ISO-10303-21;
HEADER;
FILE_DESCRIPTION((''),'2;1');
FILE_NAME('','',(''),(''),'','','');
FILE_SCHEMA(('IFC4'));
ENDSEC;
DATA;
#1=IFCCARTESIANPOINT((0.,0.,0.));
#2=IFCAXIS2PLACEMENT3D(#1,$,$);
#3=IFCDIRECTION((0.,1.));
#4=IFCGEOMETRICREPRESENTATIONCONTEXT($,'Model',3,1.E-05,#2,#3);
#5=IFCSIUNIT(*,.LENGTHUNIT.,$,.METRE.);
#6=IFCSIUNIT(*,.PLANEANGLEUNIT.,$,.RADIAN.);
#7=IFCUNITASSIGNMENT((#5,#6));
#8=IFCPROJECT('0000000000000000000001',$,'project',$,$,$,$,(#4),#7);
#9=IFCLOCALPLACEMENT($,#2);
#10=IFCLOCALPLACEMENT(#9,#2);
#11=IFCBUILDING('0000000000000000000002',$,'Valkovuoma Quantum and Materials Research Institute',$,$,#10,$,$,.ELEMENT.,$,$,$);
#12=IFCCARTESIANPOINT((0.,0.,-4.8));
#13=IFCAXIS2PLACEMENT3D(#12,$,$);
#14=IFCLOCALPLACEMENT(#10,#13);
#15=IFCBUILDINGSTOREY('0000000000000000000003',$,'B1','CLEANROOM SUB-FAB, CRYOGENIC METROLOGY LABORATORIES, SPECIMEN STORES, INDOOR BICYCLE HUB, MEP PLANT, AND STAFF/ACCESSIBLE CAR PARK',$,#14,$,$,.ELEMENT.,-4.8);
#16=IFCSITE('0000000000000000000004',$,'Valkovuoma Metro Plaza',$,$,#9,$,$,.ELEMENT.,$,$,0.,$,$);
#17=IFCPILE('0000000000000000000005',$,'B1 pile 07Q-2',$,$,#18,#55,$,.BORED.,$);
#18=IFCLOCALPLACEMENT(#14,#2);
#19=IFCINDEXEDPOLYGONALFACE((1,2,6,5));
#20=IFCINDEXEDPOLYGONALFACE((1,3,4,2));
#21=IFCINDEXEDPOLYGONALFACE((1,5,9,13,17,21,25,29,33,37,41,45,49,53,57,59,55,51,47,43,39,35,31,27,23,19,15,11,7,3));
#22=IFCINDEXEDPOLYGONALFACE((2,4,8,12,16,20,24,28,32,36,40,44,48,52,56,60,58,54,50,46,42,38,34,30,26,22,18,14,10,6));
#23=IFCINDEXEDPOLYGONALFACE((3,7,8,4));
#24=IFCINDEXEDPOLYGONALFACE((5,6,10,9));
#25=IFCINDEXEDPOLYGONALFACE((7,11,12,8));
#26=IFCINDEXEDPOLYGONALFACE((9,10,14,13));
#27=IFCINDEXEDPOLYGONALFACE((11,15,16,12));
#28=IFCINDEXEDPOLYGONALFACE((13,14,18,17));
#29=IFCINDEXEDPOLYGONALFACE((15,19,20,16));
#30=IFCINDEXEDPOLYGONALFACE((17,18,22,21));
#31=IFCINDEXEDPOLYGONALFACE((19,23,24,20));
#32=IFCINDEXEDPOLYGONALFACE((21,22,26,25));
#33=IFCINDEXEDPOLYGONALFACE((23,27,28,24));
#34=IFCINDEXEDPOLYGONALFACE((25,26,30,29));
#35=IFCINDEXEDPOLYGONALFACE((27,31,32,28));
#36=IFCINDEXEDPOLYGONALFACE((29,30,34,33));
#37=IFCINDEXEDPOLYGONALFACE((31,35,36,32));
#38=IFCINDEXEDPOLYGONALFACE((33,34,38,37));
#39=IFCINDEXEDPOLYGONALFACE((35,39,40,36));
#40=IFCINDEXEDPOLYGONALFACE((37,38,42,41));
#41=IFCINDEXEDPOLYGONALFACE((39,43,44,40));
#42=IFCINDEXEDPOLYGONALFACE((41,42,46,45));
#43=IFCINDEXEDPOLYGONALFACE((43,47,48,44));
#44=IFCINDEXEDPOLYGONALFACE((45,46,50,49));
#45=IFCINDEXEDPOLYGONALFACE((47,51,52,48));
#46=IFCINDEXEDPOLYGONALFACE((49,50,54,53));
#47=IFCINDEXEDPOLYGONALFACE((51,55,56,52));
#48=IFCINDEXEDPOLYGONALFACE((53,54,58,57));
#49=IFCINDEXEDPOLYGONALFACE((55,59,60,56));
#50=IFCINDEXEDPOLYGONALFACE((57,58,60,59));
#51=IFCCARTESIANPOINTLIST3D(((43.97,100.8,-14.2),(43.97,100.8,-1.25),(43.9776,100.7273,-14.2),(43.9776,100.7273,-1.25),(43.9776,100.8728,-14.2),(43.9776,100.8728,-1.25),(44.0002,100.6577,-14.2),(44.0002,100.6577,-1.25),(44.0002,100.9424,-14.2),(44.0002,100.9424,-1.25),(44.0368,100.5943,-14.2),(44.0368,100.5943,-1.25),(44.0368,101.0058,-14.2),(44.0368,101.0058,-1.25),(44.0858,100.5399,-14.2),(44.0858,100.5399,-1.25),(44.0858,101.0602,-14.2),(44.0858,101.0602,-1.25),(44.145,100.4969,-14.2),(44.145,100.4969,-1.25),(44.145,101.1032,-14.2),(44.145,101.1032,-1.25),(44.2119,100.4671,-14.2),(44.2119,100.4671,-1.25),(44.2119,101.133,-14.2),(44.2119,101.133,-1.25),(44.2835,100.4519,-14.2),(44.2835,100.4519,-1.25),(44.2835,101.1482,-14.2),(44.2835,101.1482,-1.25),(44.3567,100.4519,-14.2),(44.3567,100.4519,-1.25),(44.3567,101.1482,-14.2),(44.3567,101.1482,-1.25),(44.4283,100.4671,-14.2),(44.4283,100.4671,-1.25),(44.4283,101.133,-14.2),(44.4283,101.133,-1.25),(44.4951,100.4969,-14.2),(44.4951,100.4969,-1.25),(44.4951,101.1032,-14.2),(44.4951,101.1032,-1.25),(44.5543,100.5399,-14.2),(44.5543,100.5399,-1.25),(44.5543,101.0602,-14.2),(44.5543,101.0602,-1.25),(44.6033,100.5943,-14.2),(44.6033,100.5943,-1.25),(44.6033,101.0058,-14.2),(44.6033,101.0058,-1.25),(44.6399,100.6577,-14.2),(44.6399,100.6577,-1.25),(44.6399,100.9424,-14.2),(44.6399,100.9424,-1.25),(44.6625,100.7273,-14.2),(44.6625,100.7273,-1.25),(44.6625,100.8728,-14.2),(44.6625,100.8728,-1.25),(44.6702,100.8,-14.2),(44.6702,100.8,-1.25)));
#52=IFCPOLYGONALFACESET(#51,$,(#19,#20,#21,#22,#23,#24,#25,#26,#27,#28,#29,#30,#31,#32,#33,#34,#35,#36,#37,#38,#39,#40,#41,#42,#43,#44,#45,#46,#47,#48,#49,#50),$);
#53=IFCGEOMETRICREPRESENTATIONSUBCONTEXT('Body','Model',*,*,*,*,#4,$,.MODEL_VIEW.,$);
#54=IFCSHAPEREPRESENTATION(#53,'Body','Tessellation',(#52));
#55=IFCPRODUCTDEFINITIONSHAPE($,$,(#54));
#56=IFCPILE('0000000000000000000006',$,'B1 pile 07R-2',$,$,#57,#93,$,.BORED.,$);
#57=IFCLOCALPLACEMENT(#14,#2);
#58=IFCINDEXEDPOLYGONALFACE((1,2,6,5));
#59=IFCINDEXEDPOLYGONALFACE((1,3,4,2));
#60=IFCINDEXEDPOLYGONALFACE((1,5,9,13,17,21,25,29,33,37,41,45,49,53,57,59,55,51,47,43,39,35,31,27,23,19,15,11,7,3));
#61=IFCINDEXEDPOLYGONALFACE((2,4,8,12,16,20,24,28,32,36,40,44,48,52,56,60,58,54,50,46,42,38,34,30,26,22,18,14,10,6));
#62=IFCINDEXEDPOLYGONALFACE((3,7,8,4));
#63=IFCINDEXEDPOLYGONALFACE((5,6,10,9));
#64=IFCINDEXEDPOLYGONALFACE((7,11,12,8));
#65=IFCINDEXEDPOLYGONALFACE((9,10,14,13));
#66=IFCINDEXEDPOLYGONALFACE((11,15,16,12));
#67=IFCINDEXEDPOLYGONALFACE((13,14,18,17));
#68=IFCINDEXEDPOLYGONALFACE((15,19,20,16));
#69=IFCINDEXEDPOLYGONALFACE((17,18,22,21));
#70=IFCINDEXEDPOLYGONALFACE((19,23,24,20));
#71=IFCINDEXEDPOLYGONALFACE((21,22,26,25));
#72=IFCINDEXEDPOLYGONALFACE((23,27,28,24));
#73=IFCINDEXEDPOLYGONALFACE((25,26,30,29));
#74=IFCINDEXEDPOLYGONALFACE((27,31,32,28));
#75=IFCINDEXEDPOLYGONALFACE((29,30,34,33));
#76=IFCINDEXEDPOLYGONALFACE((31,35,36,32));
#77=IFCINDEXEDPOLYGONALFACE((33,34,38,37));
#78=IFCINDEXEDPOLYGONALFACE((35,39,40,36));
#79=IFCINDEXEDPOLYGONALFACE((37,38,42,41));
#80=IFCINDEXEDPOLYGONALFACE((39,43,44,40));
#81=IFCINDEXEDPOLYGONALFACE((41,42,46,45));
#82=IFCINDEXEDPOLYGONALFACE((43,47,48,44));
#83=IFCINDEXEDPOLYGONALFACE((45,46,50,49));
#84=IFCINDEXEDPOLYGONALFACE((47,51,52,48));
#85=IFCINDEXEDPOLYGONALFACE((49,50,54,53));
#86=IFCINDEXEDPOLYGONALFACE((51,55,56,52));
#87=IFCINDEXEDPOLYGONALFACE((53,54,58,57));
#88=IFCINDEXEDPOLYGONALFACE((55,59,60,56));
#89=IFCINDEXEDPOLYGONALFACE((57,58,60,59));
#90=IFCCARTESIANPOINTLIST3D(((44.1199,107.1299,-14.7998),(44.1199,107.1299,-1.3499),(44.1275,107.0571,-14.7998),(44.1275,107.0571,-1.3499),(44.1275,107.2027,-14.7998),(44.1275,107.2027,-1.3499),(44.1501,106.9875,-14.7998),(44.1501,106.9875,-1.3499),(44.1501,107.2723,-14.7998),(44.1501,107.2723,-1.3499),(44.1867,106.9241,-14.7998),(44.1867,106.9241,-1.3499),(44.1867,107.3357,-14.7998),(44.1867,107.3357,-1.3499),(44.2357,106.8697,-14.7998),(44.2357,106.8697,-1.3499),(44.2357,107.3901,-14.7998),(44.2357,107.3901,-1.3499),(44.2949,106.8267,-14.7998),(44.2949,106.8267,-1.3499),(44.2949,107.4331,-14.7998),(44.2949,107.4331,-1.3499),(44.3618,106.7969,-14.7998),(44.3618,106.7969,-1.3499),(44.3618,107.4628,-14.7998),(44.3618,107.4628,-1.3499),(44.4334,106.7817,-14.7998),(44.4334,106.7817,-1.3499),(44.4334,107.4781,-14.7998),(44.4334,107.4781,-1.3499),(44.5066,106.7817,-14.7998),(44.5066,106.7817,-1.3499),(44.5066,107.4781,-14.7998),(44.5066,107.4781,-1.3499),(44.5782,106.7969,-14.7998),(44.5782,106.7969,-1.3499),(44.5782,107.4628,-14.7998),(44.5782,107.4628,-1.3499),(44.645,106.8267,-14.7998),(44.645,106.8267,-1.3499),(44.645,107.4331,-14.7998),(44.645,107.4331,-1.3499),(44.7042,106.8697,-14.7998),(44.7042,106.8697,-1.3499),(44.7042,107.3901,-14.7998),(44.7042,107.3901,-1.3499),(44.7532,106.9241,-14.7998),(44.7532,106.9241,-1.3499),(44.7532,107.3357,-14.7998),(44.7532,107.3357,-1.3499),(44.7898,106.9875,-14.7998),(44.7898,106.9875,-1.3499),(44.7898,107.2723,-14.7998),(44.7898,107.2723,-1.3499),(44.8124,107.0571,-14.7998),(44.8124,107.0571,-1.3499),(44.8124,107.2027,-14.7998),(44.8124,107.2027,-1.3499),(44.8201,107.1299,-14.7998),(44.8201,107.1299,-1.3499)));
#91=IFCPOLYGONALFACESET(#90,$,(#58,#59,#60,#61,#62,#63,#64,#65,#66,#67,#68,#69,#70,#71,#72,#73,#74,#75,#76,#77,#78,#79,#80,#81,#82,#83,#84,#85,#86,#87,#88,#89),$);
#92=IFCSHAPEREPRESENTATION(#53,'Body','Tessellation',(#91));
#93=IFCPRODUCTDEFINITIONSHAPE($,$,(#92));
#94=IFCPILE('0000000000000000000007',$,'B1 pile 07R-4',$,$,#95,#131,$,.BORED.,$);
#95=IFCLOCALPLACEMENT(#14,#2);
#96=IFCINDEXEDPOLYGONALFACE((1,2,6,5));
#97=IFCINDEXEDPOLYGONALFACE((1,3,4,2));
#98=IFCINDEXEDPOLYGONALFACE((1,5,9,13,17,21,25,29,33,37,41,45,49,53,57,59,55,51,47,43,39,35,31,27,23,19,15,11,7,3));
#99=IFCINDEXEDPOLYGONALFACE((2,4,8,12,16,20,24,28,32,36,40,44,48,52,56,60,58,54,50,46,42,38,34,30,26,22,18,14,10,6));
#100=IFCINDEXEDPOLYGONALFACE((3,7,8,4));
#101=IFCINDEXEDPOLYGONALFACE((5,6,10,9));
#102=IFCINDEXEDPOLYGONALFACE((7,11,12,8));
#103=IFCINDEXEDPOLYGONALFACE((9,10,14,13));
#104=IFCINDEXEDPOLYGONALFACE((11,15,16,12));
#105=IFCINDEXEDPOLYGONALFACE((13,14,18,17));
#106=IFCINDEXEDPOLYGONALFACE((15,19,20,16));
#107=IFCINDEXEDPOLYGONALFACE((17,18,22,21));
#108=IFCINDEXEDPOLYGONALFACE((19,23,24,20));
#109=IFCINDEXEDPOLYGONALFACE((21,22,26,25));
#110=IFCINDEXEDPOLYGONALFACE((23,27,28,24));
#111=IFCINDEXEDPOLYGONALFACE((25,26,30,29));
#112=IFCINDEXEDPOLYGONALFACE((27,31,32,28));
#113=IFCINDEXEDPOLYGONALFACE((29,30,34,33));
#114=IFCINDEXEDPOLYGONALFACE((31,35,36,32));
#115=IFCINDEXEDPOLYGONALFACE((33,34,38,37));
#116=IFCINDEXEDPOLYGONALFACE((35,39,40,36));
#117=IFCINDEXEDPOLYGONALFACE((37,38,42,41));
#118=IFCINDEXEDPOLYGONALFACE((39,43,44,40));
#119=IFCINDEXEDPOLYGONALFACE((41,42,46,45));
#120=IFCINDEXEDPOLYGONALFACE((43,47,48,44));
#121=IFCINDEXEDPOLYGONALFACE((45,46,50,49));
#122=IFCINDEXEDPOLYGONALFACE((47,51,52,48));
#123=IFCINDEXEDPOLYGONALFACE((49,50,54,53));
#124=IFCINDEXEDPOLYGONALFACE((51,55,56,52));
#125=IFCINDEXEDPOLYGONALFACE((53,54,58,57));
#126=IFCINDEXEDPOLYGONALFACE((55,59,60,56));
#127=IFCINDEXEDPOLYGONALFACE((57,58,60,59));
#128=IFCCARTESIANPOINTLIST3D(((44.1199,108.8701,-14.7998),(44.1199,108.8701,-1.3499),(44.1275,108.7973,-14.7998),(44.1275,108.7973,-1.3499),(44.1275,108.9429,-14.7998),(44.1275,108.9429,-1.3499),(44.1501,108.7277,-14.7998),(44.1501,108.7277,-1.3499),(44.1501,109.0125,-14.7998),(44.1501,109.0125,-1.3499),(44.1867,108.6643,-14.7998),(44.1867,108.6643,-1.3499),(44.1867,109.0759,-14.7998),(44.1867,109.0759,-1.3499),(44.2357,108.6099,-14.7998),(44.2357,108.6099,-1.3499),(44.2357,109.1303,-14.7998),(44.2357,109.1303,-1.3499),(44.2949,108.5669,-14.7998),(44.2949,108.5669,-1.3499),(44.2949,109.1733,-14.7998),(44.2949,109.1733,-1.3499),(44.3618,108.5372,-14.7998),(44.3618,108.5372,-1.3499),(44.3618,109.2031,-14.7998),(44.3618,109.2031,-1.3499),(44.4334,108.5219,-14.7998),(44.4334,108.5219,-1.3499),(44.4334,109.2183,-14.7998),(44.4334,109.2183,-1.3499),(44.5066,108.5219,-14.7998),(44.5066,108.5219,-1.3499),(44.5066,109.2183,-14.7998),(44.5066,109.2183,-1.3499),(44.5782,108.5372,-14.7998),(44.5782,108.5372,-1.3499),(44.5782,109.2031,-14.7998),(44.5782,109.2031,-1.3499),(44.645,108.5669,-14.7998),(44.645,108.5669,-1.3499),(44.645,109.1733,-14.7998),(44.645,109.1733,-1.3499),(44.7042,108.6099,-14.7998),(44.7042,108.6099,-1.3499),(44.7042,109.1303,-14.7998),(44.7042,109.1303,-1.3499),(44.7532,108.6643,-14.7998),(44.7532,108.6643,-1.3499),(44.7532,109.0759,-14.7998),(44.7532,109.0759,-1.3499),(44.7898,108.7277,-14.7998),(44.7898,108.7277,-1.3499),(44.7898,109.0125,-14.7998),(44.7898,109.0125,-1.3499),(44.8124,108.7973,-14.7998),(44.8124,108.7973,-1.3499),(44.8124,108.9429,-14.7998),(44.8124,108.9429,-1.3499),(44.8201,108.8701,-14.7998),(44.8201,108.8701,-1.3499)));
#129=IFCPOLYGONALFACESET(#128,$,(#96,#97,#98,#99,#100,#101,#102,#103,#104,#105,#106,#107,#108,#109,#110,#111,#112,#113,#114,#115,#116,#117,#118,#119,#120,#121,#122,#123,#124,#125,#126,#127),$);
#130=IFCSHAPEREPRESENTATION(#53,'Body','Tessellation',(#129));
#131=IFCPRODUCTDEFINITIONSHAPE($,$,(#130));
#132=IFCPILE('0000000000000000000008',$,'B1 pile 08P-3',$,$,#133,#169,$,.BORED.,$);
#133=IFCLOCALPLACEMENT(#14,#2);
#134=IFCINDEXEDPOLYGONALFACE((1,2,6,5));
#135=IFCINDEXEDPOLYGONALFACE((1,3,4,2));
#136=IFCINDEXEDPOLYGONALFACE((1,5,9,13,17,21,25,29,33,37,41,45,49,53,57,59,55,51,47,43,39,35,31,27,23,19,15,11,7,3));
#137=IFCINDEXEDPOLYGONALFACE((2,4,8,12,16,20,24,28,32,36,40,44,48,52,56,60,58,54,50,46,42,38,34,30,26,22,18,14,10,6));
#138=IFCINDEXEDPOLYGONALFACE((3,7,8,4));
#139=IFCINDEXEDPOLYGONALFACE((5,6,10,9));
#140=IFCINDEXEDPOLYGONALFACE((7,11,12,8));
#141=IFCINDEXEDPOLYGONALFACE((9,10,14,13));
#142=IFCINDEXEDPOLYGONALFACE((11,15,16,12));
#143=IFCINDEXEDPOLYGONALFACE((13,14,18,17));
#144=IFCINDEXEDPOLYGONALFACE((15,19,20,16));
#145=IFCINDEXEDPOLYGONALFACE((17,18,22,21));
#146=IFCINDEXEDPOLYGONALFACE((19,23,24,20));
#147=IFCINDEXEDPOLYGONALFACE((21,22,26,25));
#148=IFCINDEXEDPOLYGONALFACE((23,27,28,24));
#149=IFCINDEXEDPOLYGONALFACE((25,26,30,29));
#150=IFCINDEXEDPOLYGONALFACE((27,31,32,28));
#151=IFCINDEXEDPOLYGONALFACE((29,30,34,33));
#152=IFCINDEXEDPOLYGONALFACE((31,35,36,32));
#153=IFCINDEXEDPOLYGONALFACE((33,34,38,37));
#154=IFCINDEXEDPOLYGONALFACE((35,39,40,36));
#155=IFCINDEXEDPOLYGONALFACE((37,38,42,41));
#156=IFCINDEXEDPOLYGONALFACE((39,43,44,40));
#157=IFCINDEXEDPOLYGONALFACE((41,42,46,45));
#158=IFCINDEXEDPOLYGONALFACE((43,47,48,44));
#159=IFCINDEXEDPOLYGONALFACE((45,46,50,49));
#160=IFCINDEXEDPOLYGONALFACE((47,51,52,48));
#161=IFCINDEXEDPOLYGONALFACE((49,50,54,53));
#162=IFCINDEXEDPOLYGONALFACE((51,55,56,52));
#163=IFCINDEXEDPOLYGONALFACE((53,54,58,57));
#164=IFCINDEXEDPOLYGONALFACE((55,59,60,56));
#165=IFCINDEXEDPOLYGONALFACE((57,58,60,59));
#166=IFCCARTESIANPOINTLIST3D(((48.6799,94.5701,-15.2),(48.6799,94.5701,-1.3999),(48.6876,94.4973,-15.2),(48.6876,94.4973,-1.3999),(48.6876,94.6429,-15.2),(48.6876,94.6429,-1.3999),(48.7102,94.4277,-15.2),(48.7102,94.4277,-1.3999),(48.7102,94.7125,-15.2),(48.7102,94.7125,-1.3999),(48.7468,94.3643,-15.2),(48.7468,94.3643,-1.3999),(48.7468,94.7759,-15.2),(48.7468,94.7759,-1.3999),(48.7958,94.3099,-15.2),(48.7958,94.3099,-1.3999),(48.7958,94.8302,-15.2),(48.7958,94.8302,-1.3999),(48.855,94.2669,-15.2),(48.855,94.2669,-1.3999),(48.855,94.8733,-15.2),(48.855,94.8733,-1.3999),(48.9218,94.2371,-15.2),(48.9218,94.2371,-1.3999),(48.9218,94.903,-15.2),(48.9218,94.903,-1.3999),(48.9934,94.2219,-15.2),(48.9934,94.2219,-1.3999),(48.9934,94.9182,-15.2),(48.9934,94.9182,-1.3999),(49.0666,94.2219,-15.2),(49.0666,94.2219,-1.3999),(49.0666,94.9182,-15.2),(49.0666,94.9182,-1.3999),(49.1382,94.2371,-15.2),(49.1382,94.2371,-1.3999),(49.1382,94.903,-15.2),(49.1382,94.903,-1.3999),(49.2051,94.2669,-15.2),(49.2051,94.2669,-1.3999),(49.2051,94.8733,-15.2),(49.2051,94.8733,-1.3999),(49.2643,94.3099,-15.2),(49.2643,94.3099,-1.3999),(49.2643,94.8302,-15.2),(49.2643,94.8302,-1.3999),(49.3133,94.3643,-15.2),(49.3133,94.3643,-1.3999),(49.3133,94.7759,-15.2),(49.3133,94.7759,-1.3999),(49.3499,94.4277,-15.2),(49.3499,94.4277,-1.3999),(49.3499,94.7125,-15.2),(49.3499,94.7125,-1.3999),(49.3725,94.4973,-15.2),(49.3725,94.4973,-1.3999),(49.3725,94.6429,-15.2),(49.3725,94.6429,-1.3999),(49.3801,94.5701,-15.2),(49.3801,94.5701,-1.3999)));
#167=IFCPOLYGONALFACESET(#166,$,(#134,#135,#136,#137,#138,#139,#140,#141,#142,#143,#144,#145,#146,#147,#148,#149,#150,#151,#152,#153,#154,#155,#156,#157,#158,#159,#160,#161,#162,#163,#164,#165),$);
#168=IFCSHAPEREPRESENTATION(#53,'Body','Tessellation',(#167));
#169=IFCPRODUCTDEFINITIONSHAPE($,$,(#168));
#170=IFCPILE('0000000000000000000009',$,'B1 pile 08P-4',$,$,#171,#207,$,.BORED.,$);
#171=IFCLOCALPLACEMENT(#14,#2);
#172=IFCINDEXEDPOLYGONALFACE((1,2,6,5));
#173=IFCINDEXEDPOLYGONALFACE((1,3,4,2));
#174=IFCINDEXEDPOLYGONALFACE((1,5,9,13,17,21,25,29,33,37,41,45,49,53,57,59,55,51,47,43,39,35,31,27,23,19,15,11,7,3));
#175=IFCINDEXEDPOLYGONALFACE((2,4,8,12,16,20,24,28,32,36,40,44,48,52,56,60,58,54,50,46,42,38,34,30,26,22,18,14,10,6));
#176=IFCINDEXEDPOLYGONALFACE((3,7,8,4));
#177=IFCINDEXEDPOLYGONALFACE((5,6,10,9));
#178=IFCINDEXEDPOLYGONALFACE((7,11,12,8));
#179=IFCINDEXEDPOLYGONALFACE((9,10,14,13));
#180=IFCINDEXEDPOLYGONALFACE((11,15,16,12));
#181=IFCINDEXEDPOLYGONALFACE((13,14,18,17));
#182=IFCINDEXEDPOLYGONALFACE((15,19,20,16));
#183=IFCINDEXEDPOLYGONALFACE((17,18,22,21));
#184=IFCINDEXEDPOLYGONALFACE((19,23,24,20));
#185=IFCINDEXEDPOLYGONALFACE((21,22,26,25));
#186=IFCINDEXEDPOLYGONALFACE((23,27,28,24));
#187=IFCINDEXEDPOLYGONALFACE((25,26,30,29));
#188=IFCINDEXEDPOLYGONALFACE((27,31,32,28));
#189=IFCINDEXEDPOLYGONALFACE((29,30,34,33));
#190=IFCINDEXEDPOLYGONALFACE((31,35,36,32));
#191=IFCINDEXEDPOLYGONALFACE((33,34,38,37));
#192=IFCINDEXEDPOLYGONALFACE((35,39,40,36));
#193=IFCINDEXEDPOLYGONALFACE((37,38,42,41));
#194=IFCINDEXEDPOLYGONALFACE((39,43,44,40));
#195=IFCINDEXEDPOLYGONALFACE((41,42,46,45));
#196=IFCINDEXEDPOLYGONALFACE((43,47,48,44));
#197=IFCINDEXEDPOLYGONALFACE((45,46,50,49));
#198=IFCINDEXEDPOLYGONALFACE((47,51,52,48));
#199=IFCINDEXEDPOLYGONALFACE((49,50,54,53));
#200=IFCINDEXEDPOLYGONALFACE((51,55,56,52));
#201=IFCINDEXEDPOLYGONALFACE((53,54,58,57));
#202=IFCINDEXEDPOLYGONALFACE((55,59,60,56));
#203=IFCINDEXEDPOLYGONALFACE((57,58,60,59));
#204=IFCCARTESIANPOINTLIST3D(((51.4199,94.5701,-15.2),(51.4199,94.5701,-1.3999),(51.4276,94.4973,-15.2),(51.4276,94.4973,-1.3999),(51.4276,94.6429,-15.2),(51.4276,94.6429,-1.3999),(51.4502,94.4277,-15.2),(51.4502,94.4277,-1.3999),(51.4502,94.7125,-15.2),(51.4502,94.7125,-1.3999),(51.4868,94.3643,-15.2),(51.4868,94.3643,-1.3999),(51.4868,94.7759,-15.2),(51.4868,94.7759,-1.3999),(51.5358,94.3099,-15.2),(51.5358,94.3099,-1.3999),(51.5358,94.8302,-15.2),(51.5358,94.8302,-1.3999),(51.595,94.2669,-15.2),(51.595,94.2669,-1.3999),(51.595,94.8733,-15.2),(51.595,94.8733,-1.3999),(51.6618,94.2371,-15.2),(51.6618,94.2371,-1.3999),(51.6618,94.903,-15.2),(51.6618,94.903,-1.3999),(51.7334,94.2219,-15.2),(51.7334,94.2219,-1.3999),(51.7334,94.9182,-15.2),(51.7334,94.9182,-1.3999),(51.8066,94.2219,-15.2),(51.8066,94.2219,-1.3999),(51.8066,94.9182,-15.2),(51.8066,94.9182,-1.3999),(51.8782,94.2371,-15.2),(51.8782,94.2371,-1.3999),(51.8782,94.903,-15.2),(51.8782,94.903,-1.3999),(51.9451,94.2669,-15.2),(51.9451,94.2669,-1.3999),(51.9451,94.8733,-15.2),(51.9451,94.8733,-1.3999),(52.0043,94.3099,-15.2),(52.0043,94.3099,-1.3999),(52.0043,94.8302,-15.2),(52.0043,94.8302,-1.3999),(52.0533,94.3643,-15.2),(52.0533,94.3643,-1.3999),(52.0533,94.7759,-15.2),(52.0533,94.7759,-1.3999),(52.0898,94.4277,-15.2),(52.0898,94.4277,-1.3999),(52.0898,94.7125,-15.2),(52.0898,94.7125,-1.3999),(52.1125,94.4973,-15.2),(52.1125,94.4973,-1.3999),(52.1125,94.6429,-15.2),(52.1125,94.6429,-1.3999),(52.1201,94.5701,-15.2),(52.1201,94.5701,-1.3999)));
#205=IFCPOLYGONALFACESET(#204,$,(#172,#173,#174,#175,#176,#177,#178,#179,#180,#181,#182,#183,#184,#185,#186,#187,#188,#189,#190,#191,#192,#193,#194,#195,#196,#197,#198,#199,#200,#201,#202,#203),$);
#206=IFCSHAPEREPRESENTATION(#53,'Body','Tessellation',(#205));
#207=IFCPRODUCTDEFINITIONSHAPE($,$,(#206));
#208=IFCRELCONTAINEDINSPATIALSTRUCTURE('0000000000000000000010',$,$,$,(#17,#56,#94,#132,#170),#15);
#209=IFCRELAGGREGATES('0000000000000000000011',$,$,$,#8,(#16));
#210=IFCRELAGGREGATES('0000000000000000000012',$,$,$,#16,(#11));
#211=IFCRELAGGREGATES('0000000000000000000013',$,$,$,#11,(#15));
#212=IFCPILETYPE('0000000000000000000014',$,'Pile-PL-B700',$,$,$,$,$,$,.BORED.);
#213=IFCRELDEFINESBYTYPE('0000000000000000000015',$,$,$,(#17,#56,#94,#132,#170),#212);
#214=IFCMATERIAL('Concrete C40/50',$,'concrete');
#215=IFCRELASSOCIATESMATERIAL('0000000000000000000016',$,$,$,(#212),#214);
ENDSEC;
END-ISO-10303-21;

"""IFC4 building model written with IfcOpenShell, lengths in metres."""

from ifc_helpers import new_model, si_unit, direction, frame, origin, origin_2d, place, context, subcontext, project, spatial, circle, extrude, material, material_profile, profile_set, type_object, element, save


model = new_model("IFC4")

# Units and contexts
model_context = context("Model", 3, precision=1e-05, world=origin(), true_north=direction((0.0, 1.0)))
body_context = subcontext(model_context, "Body", "Model", "MODEL_VIEW")
ifc_project = project(units=[si_unit("LENGTHUNIT", "METRE"), si_unit("PLANEANGLEUNIT", "RADIAN")], contexts=[model_context])

# Site, building, storey
site_placement = place(None, origin())
site = spatial("IfcSite", under=ifc_project, at=site_placement, Name="Valkovuoma Metro Plaza", CompositionType="ELEMENT", RefElevation=0.0)
building_placement = place(site_placement, origin())
building = spatial("IfcBuilding", under=site, at=building_placement, Name="Valkovuoma Quantum and Materials Research Institute", CompositionType="ELEMENT")
storey_placement = place(building_placement, frame((0.0, 0.0, -4.8)))
storey = spatial("IfcBuildingStorey", under=building, at=storey_placement, Name="B1", Description="CLEANROOM SUB-FAB, CRYOGENIC METROLOGY LABORATORIES, SPECIMEN STORES, INDOOR BICYCLE HUB, MEP PLANT, AND STAFF/ACCESSIBLE CAR PARK", CompositionType="ELEMENT", Elevation=-4.8)

# Piles
ifc_material_1 = material(Name="Concrete C40/50", Category="concrete")
ifc_material_profile_1 = material_profile(ifc_material_1, circle(Radius=0.3501, at=origin_2d()), Name="Concrete C40/50")
ifc_profile_set_1 = profile_set([ifc_material_profile_1], Name="Concrete C40/50")
pile_type_1 = type_object("IfcPileType", Name="Pile-PL-B700", PredefinedType="BORED", material=ifc_profile_set_1)
pile_placement = place(storey_placement, frame((44.3201, 100.8, -1.25), z_axis=(0.0, 0.0, -1.0), x_axis=(1.0, 0.0, 0.0)))
element("IfcPile", 1, at=pile_placement, inside=storey, type_object=pile_type_1, Name="B1 pile 07Q-2", PredefinedType="BORED", context=body_context, shape_type="SweptSolid", body=[
    extrude(circle(Radius=0.3501, at=origin_2d()), origin(), (0.0, 0.0, 1.0), 12.95),
])
for number, where, z_axis, x_axis, name in (
    (2, (44.47, 107.1299, -1.3499), (0.0, 0.0, -1.0), (1.0, 0.0, 0.0), "B1 pile 07R-2"),
    (3, (44.47, 108.8701, -1.3499), (0.0, 0.0, -1.0), (1.0, 0.0, 0.0), "B1 pile 07R-4"),
):
    element("IfcPile", number, at=place(storey_placement, frame(where, z_axis=z_axis, x_axis=x_axis)), inside=storey, type_object=pile_type_1, Name=name, PredefinedType="BORED", context=body_context, shape_type="SweptSolid", body=[
        extrude(circle(Radius=0.3501, at=origin_2d()), origin(), (0.0, 0.0, 1.0), 13.45),
    ])
for number, where, z_axis, x_axis, name in (
    (4, (49.03, 94.5701, -1.3999), (0.0, 0.0, -1.0), (1.0, 0.0, 0.0), "B1 pile 08P-3"),
    (5, (51.77, 94.5701, -1.3999), (0.0, 0.0, -1.0), (1.0, 0.0, 0.0), "B1 pile 08P-4"),
):
    element("IfcPile", number, at=place(storey_placement, frame(where, z_axis=z_axis, x_axis=x_axis)), inside=storey, type_object=pile_type_1, Name=name, PredefinedType="BORED", context=body_context, shape_type="SweptSolid", body=[
        extrude(circle(Radius=0.3501, at=origin_2d()), origin(), (0.0, 0.0, 1.0), 13.8),
    ])

save(model, "model.ifc")
